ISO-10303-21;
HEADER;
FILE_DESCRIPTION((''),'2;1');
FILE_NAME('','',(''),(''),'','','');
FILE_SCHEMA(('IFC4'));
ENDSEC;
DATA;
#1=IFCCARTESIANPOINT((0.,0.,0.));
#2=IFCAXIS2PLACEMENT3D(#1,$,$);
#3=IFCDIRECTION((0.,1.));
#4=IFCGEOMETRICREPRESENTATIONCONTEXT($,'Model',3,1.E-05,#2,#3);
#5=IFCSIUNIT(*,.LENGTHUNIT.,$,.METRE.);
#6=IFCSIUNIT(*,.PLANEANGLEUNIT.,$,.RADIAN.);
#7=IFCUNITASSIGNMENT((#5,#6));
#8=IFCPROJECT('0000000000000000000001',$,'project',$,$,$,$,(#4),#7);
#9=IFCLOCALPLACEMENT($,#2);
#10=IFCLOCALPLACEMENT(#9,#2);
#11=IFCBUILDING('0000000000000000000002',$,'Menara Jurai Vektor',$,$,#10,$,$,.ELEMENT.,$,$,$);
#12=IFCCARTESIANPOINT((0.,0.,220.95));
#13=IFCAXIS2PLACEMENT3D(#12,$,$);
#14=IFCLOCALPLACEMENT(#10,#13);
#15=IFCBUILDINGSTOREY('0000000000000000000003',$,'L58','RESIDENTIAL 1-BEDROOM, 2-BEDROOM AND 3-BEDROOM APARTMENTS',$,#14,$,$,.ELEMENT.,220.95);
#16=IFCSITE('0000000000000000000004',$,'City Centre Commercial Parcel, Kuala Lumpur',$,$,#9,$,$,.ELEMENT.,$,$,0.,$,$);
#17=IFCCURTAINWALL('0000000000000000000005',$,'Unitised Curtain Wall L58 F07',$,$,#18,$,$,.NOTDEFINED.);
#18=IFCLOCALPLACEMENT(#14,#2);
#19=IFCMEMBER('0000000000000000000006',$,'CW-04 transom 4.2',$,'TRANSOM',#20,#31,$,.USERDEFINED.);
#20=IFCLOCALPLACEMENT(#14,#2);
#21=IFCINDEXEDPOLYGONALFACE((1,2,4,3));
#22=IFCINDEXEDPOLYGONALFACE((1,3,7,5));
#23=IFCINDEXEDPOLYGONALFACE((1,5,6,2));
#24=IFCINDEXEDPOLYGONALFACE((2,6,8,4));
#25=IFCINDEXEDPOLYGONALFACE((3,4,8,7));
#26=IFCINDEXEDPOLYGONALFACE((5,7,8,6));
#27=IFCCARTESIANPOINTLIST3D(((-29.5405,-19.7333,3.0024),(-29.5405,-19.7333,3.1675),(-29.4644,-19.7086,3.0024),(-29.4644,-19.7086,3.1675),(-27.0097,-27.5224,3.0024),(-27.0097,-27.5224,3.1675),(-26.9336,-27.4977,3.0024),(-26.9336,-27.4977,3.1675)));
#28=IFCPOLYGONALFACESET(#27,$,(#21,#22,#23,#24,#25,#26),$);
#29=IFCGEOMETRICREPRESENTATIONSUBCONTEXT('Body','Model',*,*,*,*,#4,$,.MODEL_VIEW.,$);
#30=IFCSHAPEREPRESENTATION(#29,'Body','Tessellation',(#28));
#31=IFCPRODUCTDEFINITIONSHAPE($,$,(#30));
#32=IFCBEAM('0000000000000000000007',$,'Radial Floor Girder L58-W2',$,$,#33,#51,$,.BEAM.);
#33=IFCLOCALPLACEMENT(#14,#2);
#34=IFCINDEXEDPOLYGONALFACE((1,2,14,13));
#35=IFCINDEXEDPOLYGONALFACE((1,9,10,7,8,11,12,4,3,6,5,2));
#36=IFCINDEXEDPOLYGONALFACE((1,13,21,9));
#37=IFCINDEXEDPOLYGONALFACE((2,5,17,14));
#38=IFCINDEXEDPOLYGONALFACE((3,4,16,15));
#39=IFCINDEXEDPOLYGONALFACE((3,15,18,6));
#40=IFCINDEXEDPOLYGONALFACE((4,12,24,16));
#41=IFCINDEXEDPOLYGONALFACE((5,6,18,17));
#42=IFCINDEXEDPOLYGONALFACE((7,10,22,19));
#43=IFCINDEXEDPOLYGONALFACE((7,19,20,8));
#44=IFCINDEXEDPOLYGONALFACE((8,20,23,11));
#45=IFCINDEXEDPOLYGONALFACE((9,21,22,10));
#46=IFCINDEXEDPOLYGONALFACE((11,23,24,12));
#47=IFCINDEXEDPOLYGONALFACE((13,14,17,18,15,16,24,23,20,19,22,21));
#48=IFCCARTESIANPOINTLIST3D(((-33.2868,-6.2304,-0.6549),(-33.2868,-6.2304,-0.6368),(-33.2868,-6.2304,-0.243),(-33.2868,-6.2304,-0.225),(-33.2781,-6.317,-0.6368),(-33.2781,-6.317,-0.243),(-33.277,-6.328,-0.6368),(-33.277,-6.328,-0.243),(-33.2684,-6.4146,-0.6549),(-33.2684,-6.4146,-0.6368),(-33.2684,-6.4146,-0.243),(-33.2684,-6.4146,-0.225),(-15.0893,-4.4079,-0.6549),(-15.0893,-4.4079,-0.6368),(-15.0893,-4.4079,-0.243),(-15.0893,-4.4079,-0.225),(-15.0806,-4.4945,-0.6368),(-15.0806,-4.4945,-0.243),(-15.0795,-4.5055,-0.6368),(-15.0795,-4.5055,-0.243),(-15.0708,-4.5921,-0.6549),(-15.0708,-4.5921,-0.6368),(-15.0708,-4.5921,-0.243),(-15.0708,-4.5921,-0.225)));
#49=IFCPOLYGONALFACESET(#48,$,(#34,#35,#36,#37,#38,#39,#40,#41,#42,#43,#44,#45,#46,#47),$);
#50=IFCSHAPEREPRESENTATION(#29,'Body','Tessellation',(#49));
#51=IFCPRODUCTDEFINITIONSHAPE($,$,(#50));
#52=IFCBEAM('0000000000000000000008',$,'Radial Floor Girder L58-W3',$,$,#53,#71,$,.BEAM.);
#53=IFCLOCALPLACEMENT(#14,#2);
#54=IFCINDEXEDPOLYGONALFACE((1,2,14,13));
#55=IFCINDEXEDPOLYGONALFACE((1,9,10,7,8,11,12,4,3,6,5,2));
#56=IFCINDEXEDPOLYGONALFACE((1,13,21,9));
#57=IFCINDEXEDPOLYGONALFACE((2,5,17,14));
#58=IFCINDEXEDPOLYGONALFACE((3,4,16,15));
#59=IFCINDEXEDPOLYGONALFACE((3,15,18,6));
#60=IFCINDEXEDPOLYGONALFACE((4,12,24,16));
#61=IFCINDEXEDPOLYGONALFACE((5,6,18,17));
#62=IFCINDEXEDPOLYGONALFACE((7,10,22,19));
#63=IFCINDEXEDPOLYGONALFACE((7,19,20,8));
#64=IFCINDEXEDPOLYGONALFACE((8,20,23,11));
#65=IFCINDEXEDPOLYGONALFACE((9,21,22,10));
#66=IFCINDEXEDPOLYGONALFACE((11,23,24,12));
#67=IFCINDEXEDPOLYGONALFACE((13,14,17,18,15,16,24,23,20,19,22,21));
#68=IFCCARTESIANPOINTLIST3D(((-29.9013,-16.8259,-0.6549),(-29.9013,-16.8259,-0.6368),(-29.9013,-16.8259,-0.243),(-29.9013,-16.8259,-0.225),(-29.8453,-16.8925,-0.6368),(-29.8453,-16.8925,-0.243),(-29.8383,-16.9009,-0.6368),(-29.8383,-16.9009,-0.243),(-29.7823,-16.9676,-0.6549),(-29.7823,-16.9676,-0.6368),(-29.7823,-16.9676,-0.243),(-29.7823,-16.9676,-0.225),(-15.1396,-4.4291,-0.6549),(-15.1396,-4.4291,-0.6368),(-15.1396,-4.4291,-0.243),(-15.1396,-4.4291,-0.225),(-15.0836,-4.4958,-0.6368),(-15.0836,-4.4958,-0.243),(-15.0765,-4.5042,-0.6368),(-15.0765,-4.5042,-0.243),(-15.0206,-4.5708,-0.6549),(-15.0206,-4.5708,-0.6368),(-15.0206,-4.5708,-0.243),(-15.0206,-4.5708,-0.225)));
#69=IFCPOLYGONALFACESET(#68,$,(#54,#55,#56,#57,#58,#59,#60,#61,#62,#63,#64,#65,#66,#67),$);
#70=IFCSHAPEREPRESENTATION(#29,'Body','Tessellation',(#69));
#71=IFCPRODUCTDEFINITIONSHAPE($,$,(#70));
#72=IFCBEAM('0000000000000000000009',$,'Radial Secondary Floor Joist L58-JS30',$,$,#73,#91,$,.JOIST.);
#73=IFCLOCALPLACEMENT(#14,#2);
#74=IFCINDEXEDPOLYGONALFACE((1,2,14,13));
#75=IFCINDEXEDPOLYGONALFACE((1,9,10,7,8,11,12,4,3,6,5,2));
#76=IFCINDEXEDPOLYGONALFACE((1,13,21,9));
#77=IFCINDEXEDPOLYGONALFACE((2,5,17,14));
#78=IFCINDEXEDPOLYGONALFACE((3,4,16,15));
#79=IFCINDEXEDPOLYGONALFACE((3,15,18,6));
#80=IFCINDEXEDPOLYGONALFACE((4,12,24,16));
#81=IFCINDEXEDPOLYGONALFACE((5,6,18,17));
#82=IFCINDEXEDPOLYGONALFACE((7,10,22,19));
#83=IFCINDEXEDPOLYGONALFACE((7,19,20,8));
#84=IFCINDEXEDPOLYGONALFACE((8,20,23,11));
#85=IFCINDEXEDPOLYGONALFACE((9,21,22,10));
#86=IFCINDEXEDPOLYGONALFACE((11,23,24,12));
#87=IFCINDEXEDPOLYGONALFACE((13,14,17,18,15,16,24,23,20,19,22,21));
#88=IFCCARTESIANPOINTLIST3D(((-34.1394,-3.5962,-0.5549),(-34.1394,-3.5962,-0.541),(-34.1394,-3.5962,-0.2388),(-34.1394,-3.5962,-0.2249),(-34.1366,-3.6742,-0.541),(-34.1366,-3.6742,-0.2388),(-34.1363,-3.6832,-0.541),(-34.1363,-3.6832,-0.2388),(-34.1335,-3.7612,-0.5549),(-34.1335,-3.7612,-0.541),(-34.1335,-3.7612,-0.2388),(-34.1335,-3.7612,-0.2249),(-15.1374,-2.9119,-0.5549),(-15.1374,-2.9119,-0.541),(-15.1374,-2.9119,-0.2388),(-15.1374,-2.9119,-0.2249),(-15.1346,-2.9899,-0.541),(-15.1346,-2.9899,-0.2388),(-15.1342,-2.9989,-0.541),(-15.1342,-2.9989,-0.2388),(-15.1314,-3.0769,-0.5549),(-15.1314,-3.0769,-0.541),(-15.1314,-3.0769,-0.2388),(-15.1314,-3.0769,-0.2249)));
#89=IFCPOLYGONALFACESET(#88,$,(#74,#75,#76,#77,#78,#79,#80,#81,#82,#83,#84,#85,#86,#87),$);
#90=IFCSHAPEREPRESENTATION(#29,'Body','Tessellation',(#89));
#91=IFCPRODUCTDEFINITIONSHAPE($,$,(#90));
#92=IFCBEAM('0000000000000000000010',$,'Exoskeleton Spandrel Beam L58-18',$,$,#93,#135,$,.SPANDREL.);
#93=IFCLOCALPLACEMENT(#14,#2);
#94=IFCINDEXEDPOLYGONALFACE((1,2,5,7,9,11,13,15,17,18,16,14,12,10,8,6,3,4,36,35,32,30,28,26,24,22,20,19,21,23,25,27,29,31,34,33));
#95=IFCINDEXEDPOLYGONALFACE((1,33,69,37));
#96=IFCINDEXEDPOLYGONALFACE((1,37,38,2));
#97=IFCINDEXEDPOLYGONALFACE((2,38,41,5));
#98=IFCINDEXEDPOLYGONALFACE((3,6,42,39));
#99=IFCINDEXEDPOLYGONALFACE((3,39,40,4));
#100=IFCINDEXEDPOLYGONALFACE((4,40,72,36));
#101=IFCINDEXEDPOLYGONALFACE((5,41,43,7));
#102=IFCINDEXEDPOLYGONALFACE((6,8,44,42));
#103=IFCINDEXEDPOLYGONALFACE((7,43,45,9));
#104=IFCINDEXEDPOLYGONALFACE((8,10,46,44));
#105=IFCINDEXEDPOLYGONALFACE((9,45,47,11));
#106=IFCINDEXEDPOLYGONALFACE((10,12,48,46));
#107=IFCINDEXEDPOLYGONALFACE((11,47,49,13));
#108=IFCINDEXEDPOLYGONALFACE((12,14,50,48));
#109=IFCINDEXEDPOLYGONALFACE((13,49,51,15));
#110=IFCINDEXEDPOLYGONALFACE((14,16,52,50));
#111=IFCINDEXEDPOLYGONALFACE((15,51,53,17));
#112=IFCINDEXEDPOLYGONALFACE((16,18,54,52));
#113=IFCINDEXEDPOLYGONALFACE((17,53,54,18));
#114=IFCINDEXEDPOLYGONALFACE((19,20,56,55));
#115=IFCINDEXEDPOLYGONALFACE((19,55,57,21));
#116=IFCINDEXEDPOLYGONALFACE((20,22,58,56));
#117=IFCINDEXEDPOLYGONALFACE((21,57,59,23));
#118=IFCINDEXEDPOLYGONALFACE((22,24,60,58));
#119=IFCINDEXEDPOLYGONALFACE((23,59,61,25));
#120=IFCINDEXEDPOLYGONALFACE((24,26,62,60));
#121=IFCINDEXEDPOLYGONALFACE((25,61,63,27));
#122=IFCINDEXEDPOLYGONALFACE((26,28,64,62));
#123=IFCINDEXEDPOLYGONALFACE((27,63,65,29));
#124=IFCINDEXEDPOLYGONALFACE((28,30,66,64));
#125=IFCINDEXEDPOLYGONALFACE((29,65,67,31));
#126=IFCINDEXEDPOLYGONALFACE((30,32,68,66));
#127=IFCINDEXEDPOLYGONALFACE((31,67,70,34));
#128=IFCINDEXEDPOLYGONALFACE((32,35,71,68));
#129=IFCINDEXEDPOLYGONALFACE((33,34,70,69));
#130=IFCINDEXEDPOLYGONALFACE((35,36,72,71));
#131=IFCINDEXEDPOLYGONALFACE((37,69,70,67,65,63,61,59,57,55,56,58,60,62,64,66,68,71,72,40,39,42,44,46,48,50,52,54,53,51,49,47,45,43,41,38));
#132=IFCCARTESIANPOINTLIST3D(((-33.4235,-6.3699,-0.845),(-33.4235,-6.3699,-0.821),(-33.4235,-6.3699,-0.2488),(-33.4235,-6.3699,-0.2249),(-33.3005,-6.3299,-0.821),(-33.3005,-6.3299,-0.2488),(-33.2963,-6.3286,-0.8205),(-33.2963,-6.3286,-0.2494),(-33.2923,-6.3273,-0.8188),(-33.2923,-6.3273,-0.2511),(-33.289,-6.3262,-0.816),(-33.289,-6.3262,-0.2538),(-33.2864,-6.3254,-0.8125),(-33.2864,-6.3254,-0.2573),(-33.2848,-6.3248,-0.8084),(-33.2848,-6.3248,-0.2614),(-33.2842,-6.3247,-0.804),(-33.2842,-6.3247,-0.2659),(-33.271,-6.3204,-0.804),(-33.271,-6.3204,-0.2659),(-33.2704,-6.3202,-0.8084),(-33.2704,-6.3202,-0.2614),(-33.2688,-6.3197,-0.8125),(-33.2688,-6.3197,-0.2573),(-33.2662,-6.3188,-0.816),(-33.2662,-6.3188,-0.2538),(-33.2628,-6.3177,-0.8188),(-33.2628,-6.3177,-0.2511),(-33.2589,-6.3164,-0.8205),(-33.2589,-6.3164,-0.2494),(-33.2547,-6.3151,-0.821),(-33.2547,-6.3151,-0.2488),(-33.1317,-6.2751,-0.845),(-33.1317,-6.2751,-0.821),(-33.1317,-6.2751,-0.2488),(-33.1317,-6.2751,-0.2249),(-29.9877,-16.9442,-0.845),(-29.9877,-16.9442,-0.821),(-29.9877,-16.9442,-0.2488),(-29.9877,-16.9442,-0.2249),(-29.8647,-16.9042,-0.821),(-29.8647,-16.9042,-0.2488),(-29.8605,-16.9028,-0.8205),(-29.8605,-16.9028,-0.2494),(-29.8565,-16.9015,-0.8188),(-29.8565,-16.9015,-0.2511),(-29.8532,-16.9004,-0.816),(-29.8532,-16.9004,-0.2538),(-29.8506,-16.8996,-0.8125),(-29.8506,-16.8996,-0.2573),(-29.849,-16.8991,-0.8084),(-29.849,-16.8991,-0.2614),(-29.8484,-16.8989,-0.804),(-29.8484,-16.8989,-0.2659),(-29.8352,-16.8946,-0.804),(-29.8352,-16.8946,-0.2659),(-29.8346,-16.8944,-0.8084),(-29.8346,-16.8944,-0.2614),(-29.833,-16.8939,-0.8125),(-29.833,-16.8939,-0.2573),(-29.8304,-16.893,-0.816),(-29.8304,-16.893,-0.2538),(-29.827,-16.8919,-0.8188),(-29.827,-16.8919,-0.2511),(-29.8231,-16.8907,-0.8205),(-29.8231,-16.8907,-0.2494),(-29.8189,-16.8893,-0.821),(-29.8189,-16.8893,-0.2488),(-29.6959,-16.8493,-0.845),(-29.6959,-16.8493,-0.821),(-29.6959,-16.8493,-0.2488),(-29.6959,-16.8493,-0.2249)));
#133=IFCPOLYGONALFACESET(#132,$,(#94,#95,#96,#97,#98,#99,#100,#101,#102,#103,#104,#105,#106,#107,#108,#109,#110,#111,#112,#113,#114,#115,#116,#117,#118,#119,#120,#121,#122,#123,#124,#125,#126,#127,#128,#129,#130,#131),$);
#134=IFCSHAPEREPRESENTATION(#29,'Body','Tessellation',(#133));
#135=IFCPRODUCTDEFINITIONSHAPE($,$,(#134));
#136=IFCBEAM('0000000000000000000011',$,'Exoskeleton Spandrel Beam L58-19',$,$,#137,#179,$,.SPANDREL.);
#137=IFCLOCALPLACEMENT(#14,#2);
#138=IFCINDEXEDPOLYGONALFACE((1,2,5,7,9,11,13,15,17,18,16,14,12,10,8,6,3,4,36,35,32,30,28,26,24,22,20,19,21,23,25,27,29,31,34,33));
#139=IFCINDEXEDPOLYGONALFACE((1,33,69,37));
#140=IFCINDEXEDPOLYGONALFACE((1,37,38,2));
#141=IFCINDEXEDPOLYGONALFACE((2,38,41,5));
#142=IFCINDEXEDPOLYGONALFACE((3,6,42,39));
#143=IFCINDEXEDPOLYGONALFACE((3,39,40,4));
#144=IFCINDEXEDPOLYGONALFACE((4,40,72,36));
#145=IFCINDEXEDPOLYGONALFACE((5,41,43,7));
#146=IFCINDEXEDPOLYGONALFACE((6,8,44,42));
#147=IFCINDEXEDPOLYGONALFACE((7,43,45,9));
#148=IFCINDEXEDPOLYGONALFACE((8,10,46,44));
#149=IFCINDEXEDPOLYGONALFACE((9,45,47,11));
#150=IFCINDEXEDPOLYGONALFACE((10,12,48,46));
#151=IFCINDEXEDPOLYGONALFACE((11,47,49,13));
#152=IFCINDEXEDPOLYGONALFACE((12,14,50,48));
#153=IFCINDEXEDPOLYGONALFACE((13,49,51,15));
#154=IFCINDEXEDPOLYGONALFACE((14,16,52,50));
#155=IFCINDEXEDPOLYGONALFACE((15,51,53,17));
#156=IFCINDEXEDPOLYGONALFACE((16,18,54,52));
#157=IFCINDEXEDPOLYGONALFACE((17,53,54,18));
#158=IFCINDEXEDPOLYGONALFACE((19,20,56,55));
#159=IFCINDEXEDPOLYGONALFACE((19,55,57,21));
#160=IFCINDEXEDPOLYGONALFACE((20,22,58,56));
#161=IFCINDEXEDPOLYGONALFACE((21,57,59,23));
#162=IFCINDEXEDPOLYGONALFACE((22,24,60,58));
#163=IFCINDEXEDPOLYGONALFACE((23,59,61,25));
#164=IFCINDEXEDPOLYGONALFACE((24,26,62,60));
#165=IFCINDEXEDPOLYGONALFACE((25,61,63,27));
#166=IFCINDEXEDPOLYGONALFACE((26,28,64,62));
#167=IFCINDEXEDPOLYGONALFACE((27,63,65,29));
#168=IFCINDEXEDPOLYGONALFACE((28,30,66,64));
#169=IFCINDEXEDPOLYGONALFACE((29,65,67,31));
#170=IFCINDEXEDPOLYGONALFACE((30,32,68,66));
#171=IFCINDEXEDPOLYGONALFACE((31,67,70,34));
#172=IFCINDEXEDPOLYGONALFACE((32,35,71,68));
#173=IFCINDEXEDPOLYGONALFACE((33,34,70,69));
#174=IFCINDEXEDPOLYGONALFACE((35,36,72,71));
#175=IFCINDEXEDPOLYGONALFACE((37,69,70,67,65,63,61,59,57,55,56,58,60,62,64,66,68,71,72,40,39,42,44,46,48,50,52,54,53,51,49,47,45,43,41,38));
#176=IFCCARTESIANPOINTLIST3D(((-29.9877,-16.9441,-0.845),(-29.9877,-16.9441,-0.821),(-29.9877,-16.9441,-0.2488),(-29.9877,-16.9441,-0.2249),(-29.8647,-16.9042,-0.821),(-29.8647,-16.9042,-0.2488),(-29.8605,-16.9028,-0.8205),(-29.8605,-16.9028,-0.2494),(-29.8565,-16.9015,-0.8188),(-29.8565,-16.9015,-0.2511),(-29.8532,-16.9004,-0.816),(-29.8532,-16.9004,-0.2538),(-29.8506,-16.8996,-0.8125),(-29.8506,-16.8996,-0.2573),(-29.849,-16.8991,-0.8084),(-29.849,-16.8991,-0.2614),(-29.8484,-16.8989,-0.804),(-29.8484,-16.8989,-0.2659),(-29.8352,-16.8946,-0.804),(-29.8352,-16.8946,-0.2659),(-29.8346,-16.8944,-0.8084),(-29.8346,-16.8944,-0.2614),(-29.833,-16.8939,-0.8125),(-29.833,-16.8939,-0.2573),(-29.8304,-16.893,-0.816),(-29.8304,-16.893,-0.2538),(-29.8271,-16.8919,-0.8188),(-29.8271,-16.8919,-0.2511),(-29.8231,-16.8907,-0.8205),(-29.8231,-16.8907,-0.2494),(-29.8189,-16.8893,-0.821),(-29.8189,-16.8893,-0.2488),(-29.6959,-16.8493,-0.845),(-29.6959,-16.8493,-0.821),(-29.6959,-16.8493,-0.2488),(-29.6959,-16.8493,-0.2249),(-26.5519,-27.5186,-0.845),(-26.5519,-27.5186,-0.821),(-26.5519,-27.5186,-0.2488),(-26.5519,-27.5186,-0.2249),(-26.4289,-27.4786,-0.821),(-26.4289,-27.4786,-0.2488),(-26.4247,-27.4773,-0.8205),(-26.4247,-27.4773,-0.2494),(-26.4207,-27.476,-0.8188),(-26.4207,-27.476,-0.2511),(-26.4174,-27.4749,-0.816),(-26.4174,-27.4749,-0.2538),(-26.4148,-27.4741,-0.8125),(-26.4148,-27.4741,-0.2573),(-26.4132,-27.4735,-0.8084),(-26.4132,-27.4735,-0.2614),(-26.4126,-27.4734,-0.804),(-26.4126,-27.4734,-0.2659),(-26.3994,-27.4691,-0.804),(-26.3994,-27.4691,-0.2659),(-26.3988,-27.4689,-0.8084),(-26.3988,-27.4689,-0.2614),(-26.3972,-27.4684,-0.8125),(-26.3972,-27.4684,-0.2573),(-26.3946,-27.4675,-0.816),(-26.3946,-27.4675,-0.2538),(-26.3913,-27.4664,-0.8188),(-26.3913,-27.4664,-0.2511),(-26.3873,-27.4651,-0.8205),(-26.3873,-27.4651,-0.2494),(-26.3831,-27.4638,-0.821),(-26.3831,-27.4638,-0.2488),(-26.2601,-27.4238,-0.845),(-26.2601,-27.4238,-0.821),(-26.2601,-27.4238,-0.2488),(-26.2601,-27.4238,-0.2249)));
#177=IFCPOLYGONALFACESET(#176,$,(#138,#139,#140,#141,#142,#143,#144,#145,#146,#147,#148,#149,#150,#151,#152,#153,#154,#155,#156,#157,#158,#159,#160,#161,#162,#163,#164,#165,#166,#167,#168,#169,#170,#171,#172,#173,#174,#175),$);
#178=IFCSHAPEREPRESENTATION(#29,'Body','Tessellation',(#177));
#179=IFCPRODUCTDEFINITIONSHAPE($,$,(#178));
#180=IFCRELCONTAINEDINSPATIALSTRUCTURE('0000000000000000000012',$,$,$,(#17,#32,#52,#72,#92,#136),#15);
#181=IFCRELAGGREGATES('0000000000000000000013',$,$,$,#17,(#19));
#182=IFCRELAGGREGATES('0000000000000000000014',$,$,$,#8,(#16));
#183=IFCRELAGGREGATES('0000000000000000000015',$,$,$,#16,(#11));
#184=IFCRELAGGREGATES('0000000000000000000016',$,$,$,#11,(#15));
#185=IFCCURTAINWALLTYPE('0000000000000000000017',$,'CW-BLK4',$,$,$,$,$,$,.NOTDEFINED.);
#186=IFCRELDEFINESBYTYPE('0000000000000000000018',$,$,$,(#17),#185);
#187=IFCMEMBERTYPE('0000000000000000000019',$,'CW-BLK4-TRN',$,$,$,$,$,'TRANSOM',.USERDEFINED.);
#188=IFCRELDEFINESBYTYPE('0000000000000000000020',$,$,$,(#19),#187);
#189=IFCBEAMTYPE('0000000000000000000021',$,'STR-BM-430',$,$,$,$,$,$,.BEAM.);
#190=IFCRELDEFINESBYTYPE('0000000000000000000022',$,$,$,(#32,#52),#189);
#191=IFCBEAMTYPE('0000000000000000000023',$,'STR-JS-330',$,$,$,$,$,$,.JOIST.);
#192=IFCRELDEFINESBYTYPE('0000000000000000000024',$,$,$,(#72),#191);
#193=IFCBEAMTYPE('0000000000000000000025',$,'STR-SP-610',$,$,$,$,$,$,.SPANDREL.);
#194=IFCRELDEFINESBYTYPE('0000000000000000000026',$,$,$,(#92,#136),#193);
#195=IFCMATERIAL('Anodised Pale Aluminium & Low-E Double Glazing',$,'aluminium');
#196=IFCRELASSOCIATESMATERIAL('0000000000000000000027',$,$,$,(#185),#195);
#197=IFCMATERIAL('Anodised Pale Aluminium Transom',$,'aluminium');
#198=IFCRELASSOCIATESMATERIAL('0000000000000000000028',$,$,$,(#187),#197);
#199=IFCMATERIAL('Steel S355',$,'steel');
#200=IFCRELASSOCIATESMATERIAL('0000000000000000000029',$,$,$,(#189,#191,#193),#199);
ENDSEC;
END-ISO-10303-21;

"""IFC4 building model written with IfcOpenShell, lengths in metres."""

from ifc_helpers import new_model, si_unit, direction, frame, origin, origin_2d, place, context, subcontext, project, spatial, rectangle, i_section, extrude, material, material_profile, profile_set, type_object, element, aggregate, save


model = new_model("IFC4")

# Units and contexts
model_context = context("Model", 3, precision=1e-05, world=origin(), true_north=direction((0.0, 1.0)))
body_context = subcontext(model_context, "Body", "Model", "MODEL_VIEW")
ifc_project = project(units=[si_unit("LENGTHUNIT", "METRE"), si_unit("PLANEANGLEUNIT", "RADIAN")], contexts=[model_context])

# Site, building, storey
site_placement = place(None, origin())
site = spatial("IfcSite", under=ifc_project, at=site_placement, Name="City Centre Commercial Parcel, Kuala Lumpur", CompositionType="ELEMENT", RefElevation=0.0)
building_placement = place(site_placement, origin())
building = spatial("IfcBuilding", under=site, at=building_placement, Name="Menara Jurai Vektor", CompositionType="ELEMENT")
storey_placement = place(building_placement, frame((0.0, 0.0, 220.95)))
storey = spatial("IfcBuildingStorey", under=building, at=storey_placement, Name="L58", Description="RESIDENTIAL 1-BEDROOM, 2-BEDROOM AND 3-BEDROOM APARTMENTS", CompositionType="ELEMENT", Elevation=220.95)

# Curtain wall, member
ifc_material_1 = material(Name="Anodised Pale Aluminium & Low-E Double Glazing", Category="aluminium")
curtain_wall_type = type_object("IfcCurtainWallType", Name="CW-BLK4", PredefinedType="NOTDEFINED", material=ifc_material_1)
curtain_wall_placement = place(storey_placement, origin())
curtain_wall = element("IfcCurtainWall", 1, at=curtain_wall_placement, inside=storey, type_object=curtain_wall_type, Name="Unitised Curtain Wall L58 F07", PredefinedType="NOTDEFINED")
ifc_material_2 = material(Name="Anodised Pale Aluminium Transom", Category="aluminium")
ifc_material_profile_1 = material_profile(ifc_material_2, rectangle(XDim=0.0801, YDim=0.165, at=origin_2d()), Name="ALU TRN 80x165")
ifc_profile_set_1 = profile_set([ifc_material_profile_1], Name="Anodised Pale Aluminium Transom")
member_type_1 = type_object("IfcMemberType", Name="CW-BLK4-TRN", ElementType="TRANSOM", PredefinedType="USERDEFINED", material=ifc_profile_set_1)
member_1_placement = place(storey_placement, frame((-29.5024, -19.7209, 3.085), z_axis=(0.309011, -0.951059, 0.0), x_axis=(0.951059, 0.309011, 0.0)))
member_1 = element("IfcMember", 2, at=member_1_placement, type_object=member_type_1, Name="CW-04 transom 4.2", ObjectType="TRANSOM", PredefinedType="USERDEFINED", context=body_context, shape_type="SweptSolid", body=[
    extrude(rectangle(XDim=0.0801, YDim=0.165, at=origin_2d()), origin(), (0.0, 0.0, 1.0), 8.1899),
])

# Beams
ifc_material_3 = material(Name="Steel S355", Category="steel")
ifc_material_profile_2 = material_profile(ifc_material_3, i_section(OverallWidth=0.1851, OverallDepth=0.4299, WebThickness=0.011, FlangeThickness=0.0181, at=origin_2d()), Name="PG 430x185x76")
ifc_profile_set_2 = profile_set([ifc_material_profile_2], Name="Steel S355")
beam_type_1 = type_object("IfcBeamType", Name="STR-BM-430", PredefinedType="BEAM", material=ifc_profile_set_2)
beam_1_placement = place(storey_placement, frame((-33.2776, -6.3225, -0.4399), z_axis=(0.995022, 0.099653, 0.0), x_axis=(-0.099653, 0.995022, 0.0)))
element("IfcBeam", 3, at=beam_1_placement, inside=storey, type_object=beam_type_1, Name="Radial Floor Girder L58-W2", PredefinedType="BEAM", context=body_context, shape_type="SweptSolid", body=[
    extrude(i_section(OverallWidth=0.1851, OverallDepth=0.4299, WebThickness=0.011, FlangeThickness=0.0181, at=origin_2d()), origin(), (0.0, 0.0, 1.0), 18.2886),
])
beam_2_placement = place(storey_placement, frame((-29.8418, -16.8967, -0.4399), z_axis=(0.765784, 0.643097, 0.0), x_axis=(-0.643097, 0.765784, 0.0)))
element("IfcBeam", 4, at=beam_2_placement, inside=storey, type_object=beam_type_1, Name="Radial Floor Girder L58-W3", PredefinedType="BEAM", context=body_context, shape_type="SweptSolid", body=[
    extrude(i_section(OverallWidth=0.1851, OverallDepth=0.4299, WebThickness=0.011, FlangeThickness=0.0181, at=origin_2d()), origin(), (0.0, 0.0, 1.0), 19.2766),
])
ifc_material_profile_3 = material_profile(ifc_material_3, i_section(OverallWidth=0.165, OverallDepth=0.3301, WebThickness=0.009, FlangeThickness=0.0139, at=origin_2d()), Name="PG 330x165x46")
ifc_profile_set_3 = profile_set([ifc_material_profile_3], Name="Steel S355")
beam_type_2 = type_object("IfcBeamType", Name="STR-JS-330", PredefinedType="JOIST", material=ifc_profile_set_3)
beam_3_placement = place(storey_placement, frame((-34.1365, -3.6787, -0.3899), z_axis=(0.999352, 0.03599, 0.0), x_axis=(-0.03599, 0.999352, 0.0)))
element("IfcBeam", 5, at=beam_3_placement, inside=storey, type_object=beam_type_2, Name="Radial Secondary Floor Joist L58-JS30", PredefinedType="JOIST", context=body_context, shape_type="SweptSolid", body=[
    extrude(i_section(OverallWidth=0.165, OverallDepth=0.3301, WebThickness=0.009, FlangeThickness=0.0139, at=origin_2d()), origin(), (0.0, 0.0, 1.0), 19.0144),
])
ifc_material_profile_4 = material_profile(ifc_material_3, i_section(OverallWidth=0.3069, OverallDepth=0.6201, WebThickness=0.0139, FlangeThickness=0.0239, FilletRadius=0.0171, at=origin_2d()), Name="UKB 610x305x179")
ifc_profile_set_4 = profile_set([ifc_material_profile_4], Name="Steel S355")
beam_type_3 = type_object("IfcBeamType", Name="STR-SP-610", PredefinedType="SPANDREL", material=ifc_profile_set_4)
beam_4_placement = place(storey_placement, frame((-33.2776, -6.3225, -0.5349), z_axis=(0.309019, -0.951056, 0.0), x_axis=(0.951056, 0.309019, 0.0)))
element("IfcBeam", 6, at=beam_4_placement, inside=storey, type_object=beam_type_3, Name="Exoskeleton Spandrel Beam L58-18", PredefinedType="SPANDREL", context=body_context, shape_type="SweptSolid", body=[
    extrude(i_section(OverallWidth=0.3069, OverallDepth=0.6201, WebThickness=0.0139, FlangeThickness=0.0239, FilletRadius=0.0171, at=origin_2d()), origin(), (0.0, 0.0, 1.0), 11.1184),
])
beam_5_placement = place(storey_placement, frame((-29.8418, -16.8967, -0.5349), z_axis=(0.309012, -0.951058, 0.0), x_axis=(0.951058, 0.309012, 0.0)))
element("IfcBeam", 7, at=beam_5_placement, inside=storey, type_object=beam_type_3, Name="Exoskeleton Spandrel Beam L58-19", PredefinedType="SPANDREL", context=body_context, shape_type="SweptSolid", body=[
    extrude(i_section(OverallWidth=0.3069, OverallDepth=0.6201, WebThickness=0.0139, FlangeThickness=0.0239, FilletRadius=0.0171, at=origin_2d()), origin(), (0.0, 0.0, 1.0), 11.1187),
])

aggregate(curtain_wall, [member_1])

save(model, "model.ifc")
